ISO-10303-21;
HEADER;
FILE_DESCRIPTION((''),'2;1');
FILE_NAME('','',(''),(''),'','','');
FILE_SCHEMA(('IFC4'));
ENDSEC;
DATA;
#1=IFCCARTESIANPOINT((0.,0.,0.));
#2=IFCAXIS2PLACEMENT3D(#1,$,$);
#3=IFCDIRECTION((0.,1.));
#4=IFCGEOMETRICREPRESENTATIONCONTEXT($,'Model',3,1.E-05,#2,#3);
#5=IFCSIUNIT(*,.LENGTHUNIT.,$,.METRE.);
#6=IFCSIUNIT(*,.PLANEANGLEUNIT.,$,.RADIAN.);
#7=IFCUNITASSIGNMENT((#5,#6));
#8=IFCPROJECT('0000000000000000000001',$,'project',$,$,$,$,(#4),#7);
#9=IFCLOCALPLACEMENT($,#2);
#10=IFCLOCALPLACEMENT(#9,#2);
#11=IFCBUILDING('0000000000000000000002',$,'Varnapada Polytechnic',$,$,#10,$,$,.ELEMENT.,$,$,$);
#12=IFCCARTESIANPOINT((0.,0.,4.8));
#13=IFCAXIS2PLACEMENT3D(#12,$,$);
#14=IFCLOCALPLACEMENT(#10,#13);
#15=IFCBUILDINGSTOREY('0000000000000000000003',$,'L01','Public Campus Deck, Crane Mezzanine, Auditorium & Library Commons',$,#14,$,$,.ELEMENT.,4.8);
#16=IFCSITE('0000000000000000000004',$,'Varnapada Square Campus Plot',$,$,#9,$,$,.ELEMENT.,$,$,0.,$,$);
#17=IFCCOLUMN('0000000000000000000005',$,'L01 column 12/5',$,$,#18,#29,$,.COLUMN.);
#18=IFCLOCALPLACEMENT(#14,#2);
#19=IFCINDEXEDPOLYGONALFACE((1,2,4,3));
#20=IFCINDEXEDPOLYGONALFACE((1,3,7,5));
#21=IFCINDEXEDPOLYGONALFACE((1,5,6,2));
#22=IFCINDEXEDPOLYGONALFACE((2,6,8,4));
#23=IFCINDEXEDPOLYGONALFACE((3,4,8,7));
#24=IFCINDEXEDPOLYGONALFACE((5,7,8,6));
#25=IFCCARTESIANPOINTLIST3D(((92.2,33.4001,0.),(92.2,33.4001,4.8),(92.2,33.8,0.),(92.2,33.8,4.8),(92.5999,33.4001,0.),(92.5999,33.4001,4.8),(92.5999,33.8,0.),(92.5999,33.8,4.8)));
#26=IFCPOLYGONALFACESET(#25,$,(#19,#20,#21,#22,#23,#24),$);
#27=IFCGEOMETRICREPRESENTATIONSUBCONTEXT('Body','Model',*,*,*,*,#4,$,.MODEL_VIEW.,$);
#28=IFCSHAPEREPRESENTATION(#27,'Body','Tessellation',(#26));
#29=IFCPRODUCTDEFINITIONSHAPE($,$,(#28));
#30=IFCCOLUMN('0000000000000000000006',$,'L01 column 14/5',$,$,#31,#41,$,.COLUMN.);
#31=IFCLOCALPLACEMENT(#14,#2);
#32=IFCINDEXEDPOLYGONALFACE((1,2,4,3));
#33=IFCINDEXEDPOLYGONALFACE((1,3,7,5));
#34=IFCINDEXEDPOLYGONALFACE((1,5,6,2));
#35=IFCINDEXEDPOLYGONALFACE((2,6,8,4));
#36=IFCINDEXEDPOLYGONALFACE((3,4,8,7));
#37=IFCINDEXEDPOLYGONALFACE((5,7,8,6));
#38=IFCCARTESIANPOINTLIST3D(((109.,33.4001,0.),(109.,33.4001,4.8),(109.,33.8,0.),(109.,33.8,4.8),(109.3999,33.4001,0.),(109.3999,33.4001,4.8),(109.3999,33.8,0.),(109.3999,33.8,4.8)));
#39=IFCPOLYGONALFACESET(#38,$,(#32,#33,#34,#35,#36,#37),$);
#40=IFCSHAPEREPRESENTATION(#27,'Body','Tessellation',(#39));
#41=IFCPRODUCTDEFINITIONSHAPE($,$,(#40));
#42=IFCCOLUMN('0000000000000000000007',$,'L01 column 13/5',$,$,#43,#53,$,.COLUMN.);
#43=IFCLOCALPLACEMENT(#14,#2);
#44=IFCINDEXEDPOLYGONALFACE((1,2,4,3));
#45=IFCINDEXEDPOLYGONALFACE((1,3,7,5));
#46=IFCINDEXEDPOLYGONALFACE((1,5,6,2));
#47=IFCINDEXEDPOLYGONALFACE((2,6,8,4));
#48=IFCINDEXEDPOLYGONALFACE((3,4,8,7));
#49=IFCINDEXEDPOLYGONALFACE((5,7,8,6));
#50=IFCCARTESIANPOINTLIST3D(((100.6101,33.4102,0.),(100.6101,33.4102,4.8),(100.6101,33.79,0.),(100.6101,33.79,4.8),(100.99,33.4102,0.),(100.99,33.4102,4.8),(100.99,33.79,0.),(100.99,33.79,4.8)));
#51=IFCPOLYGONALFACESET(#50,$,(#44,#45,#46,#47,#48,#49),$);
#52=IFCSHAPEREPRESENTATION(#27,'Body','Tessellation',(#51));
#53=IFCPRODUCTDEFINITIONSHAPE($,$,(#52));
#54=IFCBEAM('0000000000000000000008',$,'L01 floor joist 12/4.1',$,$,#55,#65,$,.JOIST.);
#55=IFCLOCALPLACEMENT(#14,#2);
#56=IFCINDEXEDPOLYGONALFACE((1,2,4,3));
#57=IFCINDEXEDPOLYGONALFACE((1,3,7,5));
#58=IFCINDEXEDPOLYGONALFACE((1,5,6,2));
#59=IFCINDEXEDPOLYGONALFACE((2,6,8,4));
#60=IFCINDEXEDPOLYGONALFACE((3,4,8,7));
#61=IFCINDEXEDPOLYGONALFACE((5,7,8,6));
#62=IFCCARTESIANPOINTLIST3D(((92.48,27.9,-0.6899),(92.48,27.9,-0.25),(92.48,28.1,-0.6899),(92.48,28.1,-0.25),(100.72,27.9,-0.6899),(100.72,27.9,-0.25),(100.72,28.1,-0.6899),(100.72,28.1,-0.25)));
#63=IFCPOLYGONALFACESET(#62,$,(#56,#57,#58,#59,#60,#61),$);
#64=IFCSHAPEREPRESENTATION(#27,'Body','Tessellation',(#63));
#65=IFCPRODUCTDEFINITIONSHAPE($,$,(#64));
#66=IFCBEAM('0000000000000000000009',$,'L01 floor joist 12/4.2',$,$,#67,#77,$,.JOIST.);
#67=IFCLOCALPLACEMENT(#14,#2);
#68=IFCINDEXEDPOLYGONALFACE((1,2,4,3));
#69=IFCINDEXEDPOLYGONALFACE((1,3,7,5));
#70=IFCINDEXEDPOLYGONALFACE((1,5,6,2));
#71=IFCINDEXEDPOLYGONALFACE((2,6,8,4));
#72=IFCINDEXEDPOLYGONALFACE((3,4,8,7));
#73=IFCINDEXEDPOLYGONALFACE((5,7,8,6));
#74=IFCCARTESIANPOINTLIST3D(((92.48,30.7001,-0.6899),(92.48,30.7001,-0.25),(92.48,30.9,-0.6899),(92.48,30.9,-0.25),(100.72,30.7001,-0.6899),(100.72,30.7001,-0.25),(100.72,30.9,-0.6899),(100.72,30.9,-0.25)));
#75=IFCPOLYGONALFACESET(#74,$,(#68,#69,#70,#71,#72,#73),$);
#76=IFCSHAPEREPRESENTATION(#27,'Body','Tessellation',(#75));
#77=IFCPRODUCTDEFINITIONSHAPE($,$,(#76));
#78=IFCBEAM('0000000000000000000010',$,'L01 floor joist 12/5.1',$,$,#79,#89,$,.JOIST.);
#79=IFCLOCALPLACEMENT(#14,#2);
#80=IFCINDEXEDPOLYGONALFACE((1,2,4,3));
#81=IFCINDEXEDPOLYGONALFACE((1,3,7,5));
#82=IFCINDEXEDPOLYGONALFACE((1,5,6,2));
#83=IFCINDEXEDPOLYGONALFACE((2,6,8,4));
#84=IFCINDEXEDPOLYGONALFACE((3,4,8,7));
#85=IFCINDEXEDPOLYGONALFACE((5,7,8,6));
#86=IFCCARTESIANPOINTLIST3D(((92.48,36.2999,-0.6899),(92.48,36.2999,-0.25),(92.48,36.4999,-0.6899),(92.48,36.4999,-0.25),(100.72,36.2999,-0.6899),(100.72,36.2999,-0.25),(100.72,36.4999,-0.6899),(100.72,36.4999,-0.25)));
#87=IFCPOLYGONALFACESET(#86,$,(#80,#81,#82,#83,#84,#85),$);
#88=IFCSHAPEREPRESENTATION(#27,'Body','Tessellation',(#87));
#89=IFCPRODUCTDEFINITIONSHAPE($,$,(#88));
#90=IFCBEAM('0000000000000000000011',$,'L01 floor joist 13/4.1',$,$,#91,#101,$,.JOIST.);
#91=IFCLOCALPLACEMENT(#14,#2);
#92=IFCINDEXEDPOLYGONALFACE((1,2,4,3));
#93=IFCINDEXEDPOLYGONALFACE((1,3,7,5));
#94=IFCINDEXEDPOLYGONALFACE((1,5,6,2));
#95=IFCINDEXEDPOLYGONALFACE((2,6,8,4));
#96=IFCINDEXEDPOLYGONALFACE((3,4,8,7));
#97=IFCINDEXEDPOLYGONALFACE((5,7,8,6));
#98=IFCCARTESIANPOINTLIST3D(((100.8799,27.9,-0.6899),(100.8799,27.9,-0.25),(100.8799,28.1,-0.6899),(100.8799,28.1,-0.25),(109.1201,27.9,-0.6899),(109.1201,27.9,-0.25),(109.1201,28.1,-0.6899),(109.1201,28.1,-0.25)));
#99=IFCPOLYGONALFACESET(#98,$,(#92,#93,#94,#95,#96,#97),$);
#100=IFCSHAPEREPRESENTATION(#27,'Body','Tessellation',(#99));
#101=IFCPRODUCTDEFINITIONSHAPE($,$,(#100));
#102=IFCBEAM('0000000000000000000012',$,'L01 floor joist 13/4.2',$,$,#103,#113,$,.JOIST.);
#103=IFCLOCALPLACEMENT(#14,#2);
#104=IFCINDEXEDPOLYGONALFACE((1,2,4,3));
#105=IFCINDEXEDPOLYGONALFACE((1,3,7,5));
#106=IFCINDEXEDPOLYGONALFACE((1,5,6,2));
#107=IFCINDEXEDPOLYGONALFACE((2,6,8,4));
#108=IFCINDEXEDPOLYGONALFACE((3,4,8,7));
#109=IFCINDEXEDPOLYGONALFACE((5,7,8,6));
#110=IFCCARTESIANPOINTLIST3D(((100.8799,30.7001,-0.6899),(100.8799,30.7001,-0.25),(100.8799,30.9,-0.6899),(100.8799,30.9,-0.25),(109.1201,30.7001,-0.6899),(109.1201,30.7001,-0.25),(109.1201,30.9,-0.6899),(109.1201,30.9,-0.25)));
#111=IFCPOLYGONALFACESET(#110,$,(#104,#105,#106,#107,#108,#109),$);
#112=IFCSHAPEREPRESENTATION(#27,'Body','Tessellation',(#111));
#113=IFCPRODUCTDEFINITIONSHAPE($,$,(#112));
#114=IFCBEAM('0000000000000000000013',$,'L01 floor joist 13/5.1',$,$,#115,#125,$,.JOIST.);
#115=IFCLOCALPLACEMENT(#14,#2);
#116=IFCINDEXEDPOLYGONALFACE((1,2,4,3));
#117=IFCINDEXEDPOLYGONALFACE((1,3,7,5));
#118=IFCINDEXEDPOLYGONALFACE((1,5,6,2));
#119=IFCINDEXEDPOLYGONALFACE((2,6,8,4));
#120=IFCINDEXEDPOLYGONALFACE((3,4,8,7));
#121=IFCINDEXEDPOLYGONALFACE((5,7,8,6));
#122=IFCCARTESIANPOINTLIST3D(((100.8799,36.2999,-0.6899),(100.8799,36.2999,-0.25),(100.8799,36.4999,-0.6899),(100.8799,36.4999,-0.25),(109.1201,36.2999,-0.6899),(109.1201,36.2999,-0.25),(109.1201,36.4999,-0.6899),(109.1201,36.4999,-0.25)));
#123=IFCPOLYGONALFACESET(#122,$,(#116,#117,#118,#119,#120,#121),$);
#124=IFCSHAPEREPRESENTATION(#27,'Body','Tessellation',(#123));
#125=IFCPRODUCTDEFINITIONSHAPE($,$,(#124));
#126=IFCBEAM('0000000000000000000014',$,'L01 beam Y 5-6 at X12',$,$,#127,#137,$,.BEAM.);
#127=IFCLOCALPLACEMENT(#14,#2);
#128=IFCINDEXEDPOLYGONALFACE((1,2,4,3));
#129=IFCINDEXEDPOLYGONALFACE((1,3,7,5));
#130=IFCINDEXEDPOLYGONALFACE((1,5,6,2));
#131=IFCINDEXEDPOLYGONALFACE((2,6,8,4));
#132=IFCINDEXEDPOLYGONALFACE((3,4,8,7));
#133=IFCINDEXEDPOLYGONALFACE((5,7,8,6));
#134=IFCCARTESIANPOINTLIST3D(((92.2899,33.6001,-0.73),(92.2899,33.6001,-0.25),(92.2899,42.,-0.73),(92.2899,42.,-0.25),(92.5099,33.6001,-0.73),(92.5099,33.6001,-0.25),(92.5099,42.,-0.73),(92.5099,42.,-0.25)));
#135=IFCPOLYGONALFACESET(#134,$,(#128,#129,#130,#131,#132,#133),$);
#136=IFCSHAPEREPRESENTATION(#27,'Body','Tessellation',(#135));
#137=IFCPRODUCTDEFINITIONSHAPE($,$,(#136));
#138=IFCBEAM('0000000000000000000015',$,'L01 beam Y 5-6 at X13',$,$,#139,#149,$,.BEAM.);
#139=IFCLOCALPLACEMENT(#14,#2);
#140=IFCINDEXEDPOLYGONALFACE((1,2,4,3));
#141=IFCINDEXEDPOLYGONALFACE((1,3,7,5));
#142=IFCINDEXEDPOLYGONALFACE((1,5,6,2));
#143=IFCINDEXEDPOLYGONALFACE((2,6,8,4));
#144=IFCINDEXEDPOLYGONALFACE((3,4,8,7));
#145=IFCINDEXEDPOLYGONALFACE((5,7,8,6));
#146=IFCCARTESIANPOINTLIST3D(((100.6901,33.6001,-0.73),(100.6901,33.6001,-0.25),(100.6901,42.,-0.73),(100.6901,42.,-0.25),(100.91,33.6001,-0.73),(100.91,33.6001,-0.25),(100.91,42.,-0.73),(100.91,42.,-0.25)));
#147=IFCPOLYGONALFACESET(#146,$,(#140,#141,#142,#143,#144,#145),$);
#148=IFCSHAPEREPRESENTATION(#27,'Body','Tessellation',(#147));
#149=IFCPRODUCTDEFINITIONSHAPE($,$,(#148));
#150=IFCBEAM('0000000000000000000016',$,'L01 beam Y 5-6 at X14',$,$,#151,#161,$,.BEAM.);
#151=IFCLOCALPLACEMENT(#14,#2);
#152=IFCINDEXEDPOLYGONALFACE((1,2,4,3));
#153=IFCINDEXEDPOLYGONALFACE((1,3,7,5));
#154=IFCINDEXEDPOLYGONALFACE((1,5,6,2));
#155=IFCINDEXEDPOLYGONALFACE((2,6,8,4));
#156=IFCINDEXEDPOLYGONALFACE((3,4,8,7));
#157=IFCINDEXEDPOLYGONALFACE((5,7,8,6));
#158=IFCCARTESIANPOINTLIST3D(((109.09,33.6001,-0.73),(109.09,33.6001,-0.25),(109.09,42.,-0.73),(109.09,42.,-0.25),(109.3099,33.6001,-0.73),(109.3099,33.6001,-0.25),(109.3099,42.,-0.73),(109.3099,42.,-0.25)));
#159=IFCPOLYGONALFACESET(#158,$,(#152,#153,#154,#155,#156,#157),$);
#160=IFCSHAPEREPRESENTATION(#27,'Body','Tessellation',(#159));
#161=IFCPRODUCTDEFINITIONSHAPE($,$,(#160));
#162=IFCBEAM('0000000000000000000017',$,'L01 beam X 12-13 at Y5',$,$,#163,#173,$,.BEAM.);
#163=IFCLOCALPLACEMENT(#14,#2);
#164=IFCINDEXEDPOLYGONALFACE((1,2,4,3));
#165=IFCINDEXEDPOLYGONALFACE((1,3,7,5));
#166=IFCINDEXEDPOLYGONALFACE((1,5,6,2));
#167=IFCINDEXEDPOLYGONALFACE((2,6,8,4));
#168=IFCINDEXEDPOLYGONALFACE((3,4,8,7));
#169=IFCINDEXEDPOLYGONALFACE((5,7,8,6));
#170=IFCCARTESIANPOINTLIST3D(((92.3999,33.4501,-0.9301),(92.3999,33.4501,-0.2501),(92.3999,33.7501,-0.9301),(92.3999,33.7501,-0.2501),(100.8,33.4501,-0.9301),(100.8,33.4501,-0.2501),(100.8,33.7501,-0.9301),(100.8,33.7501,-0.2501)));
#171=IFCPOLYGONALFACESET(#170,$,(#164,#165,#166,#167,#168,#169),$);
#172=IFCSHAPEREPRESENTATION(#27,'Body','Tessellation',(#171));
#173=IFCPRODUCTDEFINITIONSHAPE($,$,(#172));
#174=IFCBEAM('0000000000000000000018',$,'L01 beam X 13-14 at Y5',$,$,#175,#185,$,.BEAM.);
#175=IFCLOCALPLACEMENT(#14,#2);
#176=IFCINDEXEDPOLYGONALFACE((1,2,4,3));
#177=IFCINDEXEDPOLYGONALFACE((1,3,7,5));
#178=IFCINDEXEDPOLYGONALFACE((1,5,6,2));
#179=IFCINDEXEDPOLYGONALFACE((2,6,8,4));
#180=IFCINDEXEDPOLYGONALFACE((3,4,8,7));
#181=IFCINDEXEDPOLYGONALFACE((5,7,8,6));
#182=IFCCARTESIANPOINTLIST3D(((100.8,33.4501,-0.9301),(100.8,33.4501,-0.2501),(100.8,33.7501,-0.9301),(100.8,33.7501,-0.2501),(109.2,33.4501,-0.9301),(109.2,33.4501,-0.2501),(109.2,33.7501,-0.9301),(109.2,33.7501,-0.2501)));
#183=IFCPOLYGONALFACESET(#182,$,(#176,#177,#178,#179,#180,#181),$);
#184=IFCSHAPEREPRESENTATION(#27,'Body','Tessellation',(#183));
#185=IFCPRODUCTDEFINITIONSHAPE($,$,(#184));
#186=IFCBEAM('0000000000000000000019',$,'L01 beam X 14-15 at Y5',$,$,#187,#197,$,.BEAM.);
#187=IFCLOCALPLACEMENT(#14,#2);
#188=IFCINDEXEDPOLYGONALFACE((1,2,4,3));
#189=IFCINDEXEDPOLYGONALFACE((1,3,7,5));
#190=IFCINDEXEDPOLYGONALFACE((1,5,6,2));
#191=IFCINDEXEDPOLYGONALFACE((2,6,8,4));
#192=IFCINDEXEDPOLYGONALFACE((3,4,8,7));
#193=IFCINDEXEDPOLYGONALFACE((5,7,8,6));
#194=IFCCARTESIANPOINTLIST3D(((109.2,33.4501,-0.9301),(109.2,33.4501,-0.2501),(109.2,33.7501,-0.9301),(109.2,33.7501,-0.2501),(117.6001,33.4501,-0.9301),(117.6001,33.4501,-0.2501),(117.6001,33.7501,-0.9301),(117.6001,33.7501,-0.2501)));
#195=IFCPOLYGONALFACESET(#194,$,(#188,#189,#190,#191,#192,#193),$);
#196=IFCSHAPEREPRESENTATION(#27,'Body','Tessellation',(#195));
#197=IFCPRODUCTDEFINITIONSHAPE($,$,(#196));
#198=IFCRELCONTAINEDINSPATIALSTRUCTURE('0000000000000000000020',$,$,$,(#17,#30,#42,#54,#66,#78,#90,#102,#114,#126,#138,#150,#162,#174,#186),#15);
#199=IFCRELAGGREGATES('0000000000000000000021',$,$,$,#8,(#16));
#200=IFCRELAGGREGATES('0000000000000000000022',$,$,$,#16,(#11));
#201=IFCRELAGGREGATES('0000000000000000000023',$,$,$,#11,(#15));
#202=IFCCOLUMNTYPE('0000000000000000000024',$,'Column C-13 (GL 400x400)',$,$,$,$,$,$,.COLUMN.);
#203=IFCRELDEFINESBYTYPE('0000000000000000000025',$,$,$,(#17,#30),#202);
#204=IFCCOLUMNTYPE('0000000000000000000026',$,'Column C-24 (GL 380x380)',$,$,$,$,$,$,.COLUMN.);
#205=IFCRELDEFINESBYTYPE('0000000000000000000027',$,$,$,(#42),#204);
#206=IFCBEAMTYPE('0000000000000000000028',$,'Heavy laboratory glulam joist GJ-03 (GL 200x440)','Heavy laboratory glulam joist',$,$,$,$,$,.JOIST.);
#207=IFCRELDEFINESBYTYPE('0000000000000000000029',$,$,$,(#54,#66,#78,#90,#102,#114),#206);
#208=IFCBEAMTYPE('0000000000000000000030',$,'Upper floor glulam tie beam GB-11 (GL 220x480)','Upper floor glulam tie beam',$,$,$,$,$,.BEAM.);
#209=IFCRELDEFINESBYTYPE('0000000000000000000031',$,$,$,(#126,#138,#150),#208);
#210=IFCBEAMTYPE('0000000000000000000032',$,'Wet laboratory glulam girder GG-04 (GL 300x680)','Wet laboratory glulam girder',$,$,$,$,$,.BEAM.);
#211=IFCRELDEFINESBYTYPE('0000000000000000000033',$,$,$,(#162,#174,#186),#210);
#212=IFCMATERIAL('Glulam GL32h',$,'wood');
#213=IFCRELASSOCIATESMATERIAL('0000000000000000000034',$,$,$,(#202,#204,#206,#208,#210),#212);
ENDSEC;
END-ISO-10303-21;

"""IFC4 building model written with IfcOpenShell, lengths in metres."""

from ifc_helpers import new_model, si_unit, direction, frame, origin, origin_2d, place, context, subcontext, project, spatial, rectangle, extrude, material, material_profile, profile_set, type_object, element, save


model = new_model("IFC4")

# Units and contexts
model_context = context("Model", 3, precision=1e-05, world=origin(), true_north=direction((0.0, 1.0)))
body_context = subcontext(model_context, "Body", "Model", "MODEL_VIEW")
ifc_project = project(units=[si_unit("LENGTHUNIT", "METRE"), si_unit("PLANEANGLEUNIT", "RADIAN")], contexts=[model_context])

# Site, building, storey
site_placement = place(None, origin())
site = spatial("IfcSite", under=ifc_project, at=site_placement, Name="Varnapada Square Campus Plot", CompositionType="ELEMENT", RefElevation=0.0)
building_placement = place(site_placement, origin())
building = spatial("IfcBuilding", under=site, at=building_placement, Name="Varnapada Polytechnic", CompositionType="ELEMENT")
storey_placement = place(building_placement, frame((0.0, 0.0, 4.8)))
storey = spatial("IfcBuildingStorey", under=building, at=storey_placement, Name="L01", Description="Public Campus Deck, Crane Mezzanine, Auditorium & Library Commons", CompositionType="ELEMENT", Elevation=4.8)

# Columns
ifc_material_1 = material(Name="Glulam GL32h", Category="wood")
ifc_material_profile_1 = material_profile(ifc_material_1, rectangle(XDim=0.3999, YDim=0.3999, at=origin_2d()), Name="GL 400x400")
ifc_profile_set_1 = profile_set([ifc_material_profile_1], Name="Glulam GL32h")
column_type_1 = type_object("IfcColumnType", Name="Column C-13 (GL 400x400)", PredefinedType="COLUMN", material=ifc_profile_set_1)
for number, where, z_axis, x_axis, name in (
    (1, (92.3999, 33.6001, 0.0), (0.0, 0.0, 1.0), (1.0, 0.0, 0.0), "L01 column 12/5"),
    (2, (109.2, 33.6001, 0.0), (0.0, 0.0, 1.0), (1.0, 0.0, 0.0), "L01 column 14/5"),
):
    element("IfcColumn", number, at=place(storey_placement, frame(where, z_axis=z_axis, x_axis=x_axis)), inside=storey, type_object=column_type_1, Name=name, PredefinedType="COLUMN", context=body_context, shape_type="SweptSolid", body=[
        extrude(rectangle(XDim=0.3999, YDim=0.3999, at=origin_2d()), origin(), (0.0, 0.0, 1.0), 4.8),
    ])
ifc_material_profile_2 = material_profile(ifc_material_1, rectangle(XDim=0.3799, YDim=0.3799, at=origin_2d()), Name="GL 380x380")
ifc_profile_set_2 = profile_set([ifc_material_profile_2], Name="Glulam GL32h")
column_type_2 = type_object("IfcColumnType", Name="Column C-24 (GL 380x380)", PredefinedType="COLUMN", material=ifc_profile_set_2)
column_placement = place(storey_placement, frame((100.8, 33.6001, 0.0), z_axis=(0.0, 0.0, 1.0), x_axis=(1.0, 0.0, 0.0)))
element("IfcColumn", 3, at=column_placement, inside=storey, type_object=column_type_2, Name="L01 column 13/5", PredefinedType="COLUMN", context=body_context, shape_type="SweptSolid", body=[
    extrude(rectangle(XDim=0.3799, YDim=0.3799, at=origin_2d()), origin(), (0.0, 0.0, 1.0), 4.8),
])

# Beams
ifc_material_profile_3 = material_profile(ifc_material_1, rectangle(XDim=0.2, YDim=0.4399, at=origin_2d()), Name="GL 200x440")
ifc_profile_set_3 = profile_set([ifc_material_profile_3], Name="Glulam GL32h")
beam_type_1 = type_object("IfcBeamType", Name="Heavy laboratory glulam joist GJ-03 (GL 200x440)", Description="Heavy laboratory glulam joist", PredefinedType="JOIST", material=ifc_profile_set_3)
for number, where, z_axis, x_axis, name in (
    (4, (92.48, 28.0, -0.47), (1.0, 0.0, 0.0), (0.0, 1.0, 0.0), "L01 floor joist 12/4.1"),
    (5, (92.48, 30.8, -0.47), (1.0, 0.0, 0.0), (0.0, 1.0, 0.0), "L01 floor joist 12/4.2"),
    (6, (92.48, 36.3999, -0.47), (1.0, 0.0, 0.0), (0.0, 1.0, 0.0), "L01 floor joist 12/5.1"),
):
    element("IfcBeam", number, at=place(storey_placement, frame(where, z_axis=z_axis, x_axis=x_axis)), inside=storey, type_object=beam_type_1, Name=name, PredefinedType="JOIST", context=body_context, shape_type="SweptSolid", body=[
        extrude(rectangle(XDim=0.2, YDim=0.4399, at=origin_2d()), origin(), (0.0, 0.0, 1.0), 8.24),
    ])
for number, where, z_axis, x_axis, name in (
    (7, (100.8799, 28.0, -0.47), (1.0, 0.0, 0.0), (0.0, 1.0, 0.0), "L01 floor joist 13/4.1"),
    (8, (100.8799, 30.8, -0.47), (1.0, 0.0, 0.0), (0.0, 1.0, 0.0), "L01 floor joist 13/4.2"),
    (9, (100.8799, 36.3999, -0.47), (1.0, 0.0, 0.0), (0.0, 1.0, 0.0), "L01 floor joist 13/5.1"),
):
    element("IfcBeam", number, at=place(storey_placement, frame(where, z_axis=z_axis, x_axis=x_axis)), inside=storey, type_object=beam_type_1, Name=name, PredefinedType="JOIST", context=body_context, shape_type="SweptSolid", body=[
        extrude(rectangle(XDim=0.2, YDim=0.4399, at=origin_2d()), origin(), (0.0, 0.0, 1.0), 8.2402),
    ])
ifc_material_profile_4 = material_profile(ifc_material_1, rectangle(XDim=0.22, YDim=0.48, at=origin_2d()), Name="GL 220x480")
ifc_profile_set_4 = profile_set([ifc_material_profile_4], Name="Glulam GL32h")
beam_type_2 = type_object("IfcBeamType", Name="Upper floor glulam tie beam GB-11 (GL 220x480)", Description="Upper floor glulam tie beam", PredefinedType="BEAM", material=ifc_profile_set_4)
for number, where, z_axis, x_axis, name in (
    (10, (92.3999, 33.6001, -0.49), (0.0, 1.0, 0.0), (-1.0, 0.0, 0.0), "L01 beam Y 5-6 at X12"),
    (11, (100.8, 33.6001, -0.49), (0.0, 1.0, 0.0), (-1.0, 0.0, 0.0), "L01 beam Y 5-6 at X13"),
    (12, (109.2, 33.6001, -0.49), (0.0, 1.0, 0.0), (-1.0, 0.0, 0.0), "L01 beam Y 5-6 at X14"),
):
    element("IfcBeam", number, at=place(storey_placement, frame(where, z_axis=z_axis, x_axis=x_axis)), inside=storey, type_object=beam_type_2, Name=name, PredefinedType="BEAM", context=body_context, shape_type="SweptSolid", body=[
        extrude(rectangle(XDim=0.22, YDim=0.48, at=origin_2d()), origin(), (0.0, 0.0, 1.0), 8.3999),
    ])
ifc_material_profile_5 = material_profile(ifc_material_1, rectangle(XDim=0.3, YDim=0.6799, at=origin_2d()), Name="GL 300x680")
ifc_profile_set_5 = profile_set([ifc_material_profile_5], Name="Glulam GL32h")
beam_type_3 = type_object("IfcBeamType", Name="Wet laboratory glulam girder GG-04 (GL 300x680)", Description="Wet laboratory glulam girder", PredefinedType="BEAM", material=ifc_profile_set_5)
beam_1_placement = place(storey_placement, frame((92.3999, 33.6001, -0.5901), z_axis=(1.0, 0.0, 0.0), x_axis=(0.0, 1.0, 0.0)))
element("IfcBeam", 13, at=beam_1_placement, inside=storey, type_object=beam_type_3, Name="L01 beam X 12-13 at Y5", PredefinedType="BEAM", context=body_context, shape_type="SweptSolid", body=[
    extrude(rectangle(XDim=0.3, YDim=0.6799, at=origin_2d()), origin(), (0.0, 0.0, 1.0), 8.4001),
])
beam_2_placement = place(storey_placement, frame((100.8, 33.6001, -0.5901), z_axis=(1.0, 0.0, 0.0), x_axis=(0.0, 1.0, 0.0)))
element("IfcBeam", 14, at=beam_2_placement, inside=storey, type_object=beam_type_3, Name="L01 beam X 13-14 at Y5", PredefinedType="BEAM", context=body_context, shape_type="SweptSolid", body=[
    extrude(rectangle(XDim=0.3, YDim=0.6799, at=origin_2d()), origin(), (0.0, 0.0, 1.0), 8.3999),
])
beam_3_placement = place(storey_placement, frame((109.2, 33.6001, -0.5901), z_axis=(1.0, 0.0, 0.0), x_axis=(0.0, 1.0, 0.0)))
element("IfcBeam", 15, at=beam_3_placement, inside=storey, type_object=beam_type_3, Name="L01 beam X 14-15 at Y5", PredefinedType="BEAM", context=body_context, shape_type="SweptSolid", body=[
    extrude(rectangle(XDim=0.3, YDim=0.6799, at=origin_2d()), origin(), (0.0, 0.0, 1.0), 8.4001),
])

save(model, "model.ifc")
